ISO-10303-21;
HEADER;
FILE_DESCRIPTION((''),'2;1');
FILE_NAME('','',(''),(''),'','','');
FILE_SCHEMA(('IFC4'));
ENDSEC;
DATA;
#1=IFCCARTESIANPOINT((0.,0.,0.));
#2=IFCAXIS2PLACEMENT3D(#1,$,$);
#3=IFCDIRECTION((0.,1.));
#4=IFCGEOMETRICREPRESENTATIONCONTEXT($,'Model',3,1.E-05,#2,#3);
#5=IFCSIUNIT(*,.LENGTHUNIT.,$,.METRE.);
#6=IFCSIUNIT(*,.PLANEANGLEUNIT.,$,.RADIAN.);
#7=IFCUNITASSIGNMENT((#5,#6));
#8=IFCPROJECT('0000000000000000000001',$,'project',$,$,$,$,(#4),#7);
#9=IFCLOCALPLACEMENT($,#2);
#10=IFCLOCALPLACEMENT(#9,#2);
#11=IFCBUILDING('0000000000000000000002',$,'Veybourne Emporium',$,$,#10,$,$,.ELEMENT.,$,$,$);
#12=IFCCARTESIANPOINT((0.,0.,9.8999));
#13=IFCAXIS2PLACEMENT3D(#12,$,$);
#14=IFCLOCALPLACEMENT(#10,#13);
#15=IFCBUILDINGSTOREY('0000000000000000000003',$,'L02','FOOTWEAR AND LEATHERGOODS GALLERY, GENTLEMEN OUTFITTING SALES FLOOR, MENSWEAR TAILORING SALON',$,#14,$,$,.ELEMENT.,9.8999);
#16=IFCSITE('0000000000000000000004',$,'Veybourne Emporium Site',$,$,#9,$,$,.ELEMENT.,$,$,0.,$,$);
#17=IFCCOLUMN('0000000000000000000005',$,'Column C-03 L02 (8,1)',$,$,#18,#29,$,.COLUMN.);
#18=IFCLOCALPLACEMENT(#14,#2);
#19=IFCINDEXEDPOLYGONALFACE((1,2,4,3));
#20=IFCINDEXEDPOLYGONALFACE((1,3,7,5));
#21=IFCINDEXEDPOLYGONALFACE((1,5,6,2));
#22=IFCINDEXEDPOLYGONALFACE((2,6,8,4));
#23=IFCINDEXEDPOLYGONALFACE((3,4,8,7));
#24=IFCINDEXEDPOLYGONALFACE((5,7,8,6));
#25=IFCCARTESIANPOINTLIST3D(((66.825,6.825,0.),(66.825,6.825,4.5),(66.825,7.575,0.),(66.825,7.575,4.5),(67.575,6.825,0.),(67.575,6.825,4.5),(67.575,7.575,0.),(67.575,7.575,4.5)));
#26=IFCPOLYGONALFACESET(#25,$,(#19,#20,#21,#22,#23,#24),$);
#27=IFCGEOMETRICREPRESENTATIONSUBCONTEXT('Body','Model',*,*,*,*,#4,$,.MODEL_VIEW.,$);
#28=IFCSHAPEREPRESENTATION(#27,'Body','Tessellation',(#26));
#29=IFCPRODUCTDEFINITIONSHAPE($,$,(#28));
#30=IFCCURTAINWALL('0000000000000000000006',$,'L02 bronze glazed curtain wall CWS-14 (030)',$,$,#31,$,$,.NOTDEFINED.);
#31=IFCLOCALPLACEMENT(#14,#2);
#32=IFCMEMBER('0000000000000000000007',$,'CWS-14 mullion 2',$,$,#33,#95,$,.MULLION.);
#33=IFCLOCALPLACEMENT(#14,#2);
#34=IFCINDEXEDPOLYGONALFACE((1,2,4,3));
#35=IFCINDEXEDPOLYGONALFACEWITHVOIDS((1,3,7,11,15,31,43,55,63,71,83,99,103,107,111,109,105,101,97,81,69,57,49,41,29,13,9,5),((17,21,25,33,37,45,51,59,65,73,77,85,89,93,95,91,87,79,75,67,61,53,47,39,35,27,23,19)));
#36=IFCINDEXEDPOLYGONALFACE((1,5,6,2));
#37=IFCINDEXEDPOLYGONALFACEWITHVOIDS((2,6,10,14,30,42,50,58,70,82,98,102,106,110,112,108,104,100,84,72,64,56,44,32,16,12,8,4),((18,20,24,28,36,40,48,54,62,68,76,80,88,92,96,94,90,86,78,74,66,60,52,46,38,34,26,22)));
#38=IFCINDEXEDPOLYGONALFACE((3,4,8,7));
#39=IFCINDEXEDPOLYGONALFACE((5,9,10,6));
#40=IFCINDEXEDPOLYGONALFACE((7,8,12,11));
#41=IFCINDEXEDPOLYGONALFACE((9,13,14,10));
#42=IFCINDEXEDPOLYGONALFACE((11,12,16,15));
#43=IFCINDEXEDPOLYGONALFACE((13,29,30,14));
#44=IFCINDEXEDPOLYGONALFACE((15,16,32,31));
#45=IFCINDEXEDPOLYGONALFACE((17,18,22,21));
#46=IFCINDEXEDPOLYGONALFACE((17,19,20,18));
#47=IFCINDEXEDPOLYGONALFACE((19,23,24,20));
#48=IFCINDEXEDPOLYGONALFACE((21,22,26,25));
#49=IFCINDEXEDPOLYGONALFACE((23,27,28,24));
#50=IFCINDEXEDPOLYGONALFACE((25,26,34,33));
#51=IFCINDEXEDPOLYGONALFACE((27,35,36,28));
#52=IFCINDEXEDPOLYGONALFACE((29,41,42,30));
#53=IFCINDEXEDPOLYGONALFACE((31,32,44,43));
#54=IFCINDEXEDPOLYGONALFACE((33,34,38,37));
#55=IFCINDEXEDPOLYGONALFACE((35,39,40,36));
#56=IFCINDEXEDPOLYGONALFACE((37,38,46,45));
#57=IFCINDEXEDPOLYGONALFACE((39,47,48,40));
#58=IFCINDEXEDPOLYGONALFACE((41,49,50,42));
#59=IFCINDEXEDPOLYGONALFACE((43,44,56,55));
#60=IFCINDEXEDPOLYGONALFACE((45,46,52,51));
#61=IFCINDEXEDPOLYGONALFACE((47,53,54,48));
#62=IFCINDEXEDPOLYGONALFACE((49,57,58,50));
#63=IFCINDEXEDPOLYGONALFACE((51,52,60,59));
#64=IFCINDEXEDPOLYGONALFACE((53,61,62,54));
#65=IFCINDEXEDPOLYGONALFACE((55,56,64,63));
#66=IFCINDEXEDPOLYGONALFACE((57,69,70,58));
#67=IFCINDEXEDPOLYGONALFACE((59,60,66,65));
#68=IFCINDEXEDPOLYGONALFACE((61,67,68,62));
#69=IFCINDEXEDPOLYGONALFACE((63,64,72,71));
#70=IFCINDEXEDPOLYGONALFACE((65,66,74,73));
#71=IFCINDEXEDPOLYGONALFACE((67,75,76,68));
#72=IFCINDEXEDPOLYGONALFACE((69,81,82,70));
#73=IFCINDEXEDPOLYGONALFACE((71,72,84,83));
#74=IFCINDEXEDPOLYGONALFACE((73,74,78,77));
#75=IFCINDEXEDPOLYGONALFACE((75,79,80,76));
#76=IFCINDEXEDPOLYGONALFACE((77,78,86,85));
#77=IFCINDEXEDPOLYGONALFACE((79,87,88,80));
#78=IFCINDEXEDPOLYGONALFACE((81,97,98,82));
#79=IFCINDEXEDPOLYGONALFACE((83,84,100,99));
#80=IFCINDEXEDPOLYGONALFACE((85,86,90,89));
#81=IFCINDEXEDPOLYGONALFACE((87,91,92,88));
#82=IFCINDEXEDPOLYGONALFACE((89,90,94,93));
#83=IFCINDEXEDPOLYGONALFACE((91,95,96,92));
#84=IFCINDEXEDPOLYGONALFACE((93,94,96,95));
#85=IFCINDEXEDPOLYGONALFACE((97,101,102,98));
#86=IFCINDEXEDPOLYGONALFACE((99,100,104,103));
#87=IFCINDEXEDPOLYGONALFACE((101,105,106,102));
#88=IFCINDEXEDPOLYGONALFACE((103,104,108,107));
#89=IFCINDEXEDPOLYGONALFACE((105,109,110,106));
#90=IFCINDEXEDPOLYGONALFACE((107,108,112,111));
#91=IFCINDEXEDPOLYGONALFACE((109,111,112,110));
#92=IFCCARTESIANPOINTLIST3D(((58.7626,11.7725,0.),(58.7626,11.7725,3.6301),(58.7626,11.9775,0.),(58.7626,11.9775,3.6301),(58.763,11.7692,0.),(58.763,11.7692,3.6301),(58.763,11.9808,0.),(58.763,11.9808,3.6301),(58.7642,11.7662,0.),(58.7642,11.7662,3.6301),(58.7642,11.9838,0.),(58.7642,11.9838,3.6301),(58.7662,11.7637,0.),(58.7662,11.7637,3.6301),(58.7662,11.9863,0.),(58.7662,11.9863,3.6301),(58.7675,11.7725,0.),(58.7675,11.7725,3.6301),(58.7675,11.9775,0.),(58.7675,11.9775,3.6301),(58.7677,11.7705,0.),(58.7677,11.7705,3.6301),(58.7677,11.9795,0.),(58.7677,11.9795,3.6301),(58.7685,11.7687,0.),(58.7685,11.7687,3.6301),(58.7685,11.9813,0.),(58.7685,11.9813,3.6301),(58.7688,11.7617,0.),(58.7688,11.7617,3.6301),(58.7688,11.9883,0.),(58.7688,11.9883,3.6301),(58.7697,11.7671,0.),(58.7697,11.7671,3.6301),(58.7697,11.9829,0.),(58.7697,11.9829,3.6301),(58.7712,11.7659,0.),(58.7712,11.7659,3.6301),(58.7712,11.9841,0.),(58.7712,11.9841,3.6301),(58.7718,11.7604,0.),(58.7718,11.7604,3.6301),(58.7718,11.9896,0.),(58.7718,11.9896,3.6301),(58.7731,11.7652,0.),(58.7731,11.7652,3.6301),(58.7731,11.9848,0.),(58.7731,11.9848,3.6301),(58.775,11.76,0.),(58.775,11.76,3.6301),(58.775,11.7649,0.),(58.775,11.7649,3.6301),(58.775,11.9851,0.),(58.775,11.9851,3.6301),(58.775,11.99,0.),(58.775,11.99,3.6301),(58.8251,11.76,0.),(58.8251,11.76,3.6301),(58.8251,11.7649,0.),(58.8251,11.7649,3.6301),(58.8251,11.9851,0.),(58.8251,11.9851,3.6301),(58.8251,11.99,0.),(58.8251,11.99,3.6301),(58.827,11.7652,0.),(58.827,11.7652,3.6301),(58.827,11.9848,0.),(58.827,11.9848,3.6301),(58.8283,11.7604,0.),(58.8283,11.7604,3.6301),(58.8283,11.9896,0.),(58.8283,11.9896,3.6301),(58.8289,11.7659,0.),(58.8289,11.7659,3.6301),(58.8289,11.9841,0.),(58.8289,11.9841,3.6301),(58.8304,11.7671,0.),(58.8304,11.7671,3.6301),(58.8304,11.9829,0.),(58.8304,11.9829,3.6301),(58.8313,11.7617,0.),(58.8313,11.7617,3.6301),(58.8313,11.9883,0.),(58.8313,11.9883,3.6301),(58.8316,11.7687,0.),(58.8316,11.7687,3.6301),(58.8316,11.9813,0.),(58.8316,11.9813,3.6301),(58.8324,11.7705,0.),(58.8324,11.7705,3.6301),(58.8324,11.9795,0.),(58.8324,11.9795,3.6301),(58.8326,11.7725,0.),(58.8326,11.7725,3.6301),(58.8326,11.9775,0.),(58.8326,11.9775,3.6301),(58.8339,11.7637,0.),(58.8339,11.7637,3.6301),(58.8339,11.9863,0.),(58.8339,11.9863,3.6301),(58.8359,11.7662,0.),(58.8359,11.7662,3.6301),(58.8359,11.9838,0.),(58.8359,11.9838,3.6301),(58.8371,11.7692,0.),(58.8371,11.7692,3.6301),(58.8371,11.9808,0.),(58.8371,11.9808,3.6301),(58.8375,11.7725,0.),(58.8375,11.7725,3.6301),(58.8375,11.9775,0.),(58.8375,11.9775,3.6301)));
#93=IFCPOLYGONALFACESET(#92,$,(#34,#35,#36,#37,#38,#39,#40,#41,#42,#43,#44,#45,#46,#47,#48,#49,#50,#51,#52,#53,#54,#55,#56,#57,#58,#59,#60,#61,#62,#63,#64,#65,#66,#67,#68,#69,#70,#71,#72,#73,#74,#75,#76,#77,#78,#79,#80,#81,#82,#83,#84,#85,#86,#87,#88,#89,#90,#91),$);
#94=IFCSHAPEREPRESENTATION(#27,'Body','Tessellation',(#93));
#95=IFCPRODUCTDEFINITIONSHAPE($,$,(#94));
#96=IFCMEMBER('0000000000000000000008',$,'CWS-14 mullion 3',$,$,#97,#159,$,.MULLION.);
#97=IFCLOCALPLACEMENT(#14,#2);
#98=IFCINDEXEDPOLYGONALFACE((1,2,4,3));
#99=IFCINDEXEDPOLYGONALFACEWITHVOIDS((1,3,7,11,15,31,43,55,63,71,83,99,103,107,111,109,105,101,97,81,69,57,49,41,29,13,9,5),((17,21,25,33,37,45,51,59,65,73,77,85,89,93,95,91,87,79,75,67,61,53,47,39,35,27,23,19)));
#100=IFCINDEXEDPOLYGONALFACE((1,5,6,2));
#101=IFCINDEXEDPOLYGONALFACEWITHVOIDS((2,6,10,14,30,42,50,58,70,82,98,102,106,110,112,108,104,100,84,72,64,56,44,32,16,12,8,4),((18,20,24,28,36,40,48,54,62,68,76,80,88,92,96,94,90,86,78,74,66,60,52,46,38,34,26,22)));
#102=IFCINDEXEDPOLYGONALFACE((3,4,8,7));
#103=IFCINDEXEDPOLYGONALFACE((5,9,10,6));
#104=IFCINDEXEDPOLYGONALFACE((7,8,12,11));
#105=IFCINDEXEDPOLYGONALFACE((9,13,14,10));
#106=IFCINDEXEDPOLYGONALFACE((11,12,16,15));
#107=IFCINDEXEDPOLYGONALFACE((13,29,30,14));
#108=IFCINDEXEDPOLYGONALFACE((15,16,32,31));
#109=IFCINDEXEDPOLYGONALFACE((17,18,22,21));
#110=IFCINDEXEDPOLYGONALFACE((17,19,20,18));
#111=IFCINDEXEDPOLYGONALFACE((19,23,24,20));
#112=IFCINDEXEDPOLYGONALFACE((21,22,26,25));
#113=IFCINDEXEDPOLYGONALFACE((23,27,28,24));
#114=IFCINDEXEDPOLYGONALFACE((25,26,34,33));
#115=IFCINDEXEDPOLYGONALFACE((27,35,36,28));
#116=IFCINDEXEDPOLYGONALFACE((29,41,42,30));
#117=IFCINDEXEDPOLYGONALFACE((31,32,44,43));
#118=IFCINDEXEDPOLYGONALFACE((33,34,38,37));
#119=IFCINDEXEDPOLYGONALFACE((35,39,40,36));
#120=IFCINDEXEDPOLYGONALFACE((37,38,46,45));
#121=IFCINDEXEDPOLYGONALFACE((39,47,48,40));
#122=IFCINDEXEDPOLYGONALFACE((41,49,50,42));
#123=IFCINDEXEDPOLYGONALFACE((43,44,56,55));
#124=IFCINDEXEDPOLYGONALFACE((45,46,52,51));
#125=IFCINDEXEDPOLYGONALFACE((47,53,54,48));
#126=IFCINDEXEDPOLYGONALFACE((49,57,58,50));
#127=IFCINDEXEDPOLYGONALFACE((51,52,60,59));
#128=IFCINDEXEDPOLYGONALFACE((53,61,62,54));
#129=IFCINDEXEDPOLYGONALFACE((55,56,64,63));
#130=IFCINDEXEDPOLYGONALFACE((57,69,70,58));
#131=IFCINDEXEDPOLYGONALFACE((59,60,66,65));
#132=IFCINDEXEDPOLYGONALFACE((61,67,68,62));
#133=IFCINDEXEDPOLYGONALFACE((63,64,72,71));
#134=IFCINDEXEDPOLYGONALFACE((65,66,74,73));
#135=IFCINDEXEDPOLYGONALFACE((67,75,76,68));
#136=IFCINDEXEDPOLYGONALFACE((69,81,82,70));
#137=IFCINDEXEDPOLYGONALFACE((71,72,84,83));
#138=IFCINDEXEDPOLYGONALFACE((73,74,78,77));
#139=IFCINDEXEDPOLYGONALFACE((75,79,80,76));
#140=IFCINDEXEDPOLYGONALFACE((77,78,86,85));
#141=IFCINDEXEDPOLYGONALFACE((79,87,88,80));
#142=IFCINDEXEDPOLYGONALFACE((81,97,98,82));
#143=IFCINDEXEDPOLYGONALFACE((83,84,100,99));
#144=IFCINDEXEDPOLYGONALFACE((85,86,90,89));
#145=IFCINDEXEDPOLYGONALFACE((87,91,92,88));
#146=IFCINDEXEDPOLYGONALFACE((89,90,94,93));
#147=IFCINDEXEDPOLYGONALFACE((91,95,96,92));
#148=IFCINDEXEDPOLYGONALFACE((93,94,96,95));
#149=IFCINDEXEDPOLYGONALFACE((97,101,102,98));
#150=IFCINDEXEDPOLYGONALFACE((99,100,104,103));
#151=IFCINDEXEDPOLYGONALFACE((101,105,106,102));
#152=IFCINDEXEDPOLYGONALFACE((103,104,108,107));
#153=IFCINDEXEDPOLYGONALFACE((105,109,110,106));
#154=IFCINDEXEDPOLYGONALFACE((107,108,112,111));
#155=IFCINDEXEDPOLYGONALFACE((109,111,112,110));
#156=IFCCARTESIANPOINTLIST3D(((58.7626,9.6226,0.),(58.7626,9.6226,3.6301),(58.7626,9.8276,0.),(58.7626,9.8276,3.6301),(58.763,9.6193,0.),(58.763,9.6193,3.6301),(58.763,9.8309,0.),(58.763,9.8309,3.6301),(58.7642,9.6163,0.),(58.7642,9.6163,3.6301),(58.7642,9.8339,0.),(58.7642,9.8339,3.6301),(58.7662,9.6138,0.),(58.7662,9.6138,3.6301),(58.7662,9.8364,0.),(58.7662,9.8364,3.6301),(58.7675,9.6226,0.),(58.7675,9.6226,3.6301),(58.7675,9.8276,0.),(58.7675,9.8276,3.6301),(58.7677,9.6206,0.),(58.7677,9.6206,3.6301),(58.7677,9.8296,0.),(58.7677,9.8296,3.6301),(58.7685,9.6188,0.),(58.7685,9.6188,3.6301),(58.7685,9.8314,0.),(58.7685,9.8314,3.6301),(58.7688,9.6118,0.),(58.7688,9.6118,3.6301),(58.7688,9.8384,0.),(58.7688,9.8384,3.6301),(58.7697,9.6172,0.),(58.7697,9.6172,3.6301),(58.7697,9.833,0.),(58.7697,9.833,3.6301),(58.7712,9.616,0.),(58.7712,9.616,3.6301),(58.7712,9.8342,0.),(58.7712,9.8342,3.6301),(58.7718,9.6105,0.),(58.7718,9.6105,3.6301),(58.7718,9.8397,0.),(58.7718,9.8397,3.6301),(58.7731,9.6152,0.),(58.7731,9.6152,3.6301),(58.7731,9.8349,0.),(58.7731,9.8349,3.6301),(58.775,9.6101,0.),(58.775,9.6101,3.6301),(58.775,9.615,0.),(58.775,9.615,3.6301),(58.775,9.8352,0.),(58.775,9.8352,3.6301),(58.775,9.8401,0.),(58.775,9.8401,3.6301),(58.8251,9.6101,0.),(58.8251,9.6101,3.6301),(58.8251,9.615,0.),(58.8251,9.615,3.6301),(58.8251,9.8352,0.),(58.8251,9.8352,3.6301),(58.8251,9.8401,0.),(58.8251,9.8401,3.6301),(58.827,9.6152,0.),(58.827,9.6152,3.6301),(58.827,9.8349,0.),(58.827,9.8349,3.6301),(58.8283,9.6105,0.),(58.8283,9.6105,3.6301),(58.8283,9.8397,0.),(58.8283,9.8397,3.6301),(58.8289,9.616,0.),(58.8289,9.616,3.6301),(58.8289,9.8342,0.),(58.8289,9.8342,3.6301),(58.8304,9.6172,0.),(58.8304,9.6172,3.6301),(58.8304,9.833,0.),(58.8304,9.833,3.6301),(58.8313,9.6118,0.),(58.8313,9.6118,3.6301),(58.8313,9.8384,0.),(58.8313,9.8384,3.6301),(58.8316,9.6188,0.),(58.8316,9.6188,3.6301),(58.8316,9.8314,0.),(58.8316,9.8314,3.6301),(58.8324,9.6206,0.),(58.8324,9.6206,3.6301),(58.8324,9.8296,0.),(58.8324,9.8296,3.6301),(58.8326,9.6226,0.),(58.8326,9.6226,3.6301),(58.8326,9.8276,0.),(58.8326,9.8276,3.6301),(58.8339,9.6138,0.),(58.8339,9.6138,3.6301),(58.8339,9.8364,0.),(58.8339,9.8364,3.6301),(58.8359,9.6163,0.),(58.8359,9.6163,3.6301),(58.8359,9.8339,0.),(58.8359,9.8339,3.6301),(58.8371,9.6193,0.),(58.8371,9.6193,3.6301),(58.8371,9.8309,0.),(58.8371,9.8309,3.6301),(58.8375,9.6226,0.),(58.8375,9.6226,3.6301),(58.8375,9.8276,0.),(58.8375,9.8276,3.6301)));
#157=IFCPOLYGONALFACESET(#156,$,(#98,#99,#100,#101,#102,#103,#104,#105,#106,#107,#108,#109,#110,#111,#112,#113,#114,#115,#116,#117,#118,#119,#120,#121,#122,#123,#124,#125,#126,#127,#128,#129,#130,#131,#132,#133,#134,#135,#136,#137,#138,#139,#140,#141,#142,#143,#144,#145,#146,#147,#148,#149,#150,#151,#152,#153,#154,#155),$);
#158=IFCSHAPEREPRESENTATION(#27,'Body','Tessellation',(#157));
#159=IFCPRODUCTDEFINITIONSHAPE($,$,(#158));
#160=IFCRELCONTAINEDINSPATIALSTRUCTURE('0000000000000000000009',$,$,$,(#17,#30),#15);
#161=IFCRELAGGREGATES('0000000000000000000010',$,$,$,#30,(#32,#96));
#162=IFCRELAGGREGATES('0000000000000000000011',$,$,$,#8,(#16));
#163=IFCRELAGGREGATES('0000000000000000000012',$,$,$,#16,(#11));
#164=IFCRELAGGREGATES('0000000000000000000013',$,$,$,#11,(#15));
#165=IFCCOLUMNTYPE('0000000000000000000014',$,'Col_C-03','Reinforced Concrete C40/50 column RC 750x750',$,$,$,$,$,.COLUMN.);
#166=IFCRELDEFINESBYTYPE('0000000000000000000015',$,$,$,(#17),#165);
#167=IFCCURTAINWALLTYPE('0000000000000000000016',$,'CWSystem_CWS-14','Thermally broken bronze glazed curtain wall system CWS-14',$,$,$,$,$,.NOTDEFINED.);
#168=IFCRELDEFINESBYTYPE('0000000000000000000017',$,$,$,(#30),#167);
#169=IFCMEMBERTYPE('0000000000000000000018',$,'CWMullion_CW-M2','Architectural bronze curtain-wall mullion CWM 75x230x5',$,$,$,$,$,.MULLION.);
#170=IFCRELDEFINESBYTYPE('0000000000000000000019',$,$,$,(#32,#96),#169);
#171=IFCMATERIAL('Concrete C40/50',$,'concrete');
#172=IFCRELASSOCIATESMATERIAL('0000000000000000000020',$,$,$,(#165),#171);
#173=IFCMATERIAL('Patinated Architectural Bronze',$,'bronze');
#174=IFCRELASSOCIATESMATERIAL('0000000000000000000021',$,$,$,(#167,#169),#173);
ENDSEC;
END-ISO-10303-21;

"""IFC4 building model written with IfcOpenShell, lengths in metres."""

from ifc_helpers import new_model, si_unit, direction, frame, origin, origin_2d, place, context, subcontext, project, spatial, rectangle, hollow_rectangle, extrude, material, material_profile, profile_set, type_object, element, aggregate, save


model = new_model("IFC4")

# Units and contexts
model_context = context("Model", 3, precision=1e-05, world=origin(), true_north=direction((0.0, 1.0)))
body_context = subcontext(model_context, "Body", "Model", "MODEL_VIEW")
ifc_project = project(units=[si_unit("LENGTHUNIT", "METRE"), si_unit("PLANEANGLEUNIT", "RADIAN")], contexts=[model_context])

# Site, building, storey
site_placement = place(None, origin())
site = spatial("IfcSite", under=ifc_project, at=site_placement, Name="Veybourne Emporium Site", CompositionType="ELEMENT", RefElevation=0.0)
building_placement = place(site_placement, origin())
building = spatial("IfcBuilding", under=site, at=building_placement, Name="Veybourne Emporium", CompositionType="ELEMENT")
storey_placement = place(building_placement, frame((0.0, 0.0, 9.8999)))
storey = spatial("IfcBuildingStorey", under=building, at=storey_placement, Name="L02", Description="FOOTWEAR AND LEATHERGOODS GALLERY, GENTLEMEN OUTFITTING SALES FLOOR, MENSWEAR TAILORING SALON", CompositionType="ELEMENT", Elevation=9.8999)

# Column
ifc_material_1 = material(Name="Concrete C40/50", Category="concrete")
ifc_material_profile_1 = material_profile(ifc_material_1, rectangle(XDim=0.75, YDim=0.75, at=origin_2d()), Name="RC 750x750")
ifc_profile_set_1 = profile_set([ifc_material_profile_1], Name="Concrete C40/50")
column_type = type_object("IfcColumnType", Name="Col_C-03", Description="Reinforced Concrete C40/50 column RC 750x750", PredefinedType="COLUMN", material=ifc_profile_set_1)
column_placement = place(storey_placement, frame((67.2, 7.2, 0.0), z_axis=(0.0, 0.0, 1.0), x_axis=(1.0, 0.0, 0.0)))
element("IfcColumn", 1, at=column_placement, inside=storey, type_object=column_type, Name="Column C-03 L02 (8,1)", PredefinedType="COLUMN", context=body_context, shape_type="SweptSolid", body=[
    extrude(rectangle(XDim=0.75, YDim=0.75, at=origin_2d()), origin(), (0.0, 0.0, 1.0), 4.5),
])

# Curtain wall, members
ifc_material_2 = material(Name="Patinated Architectural Bronze", Category="bronze")
curtain_wall_type_1 = type_object("IfcCurtainWallType", Name="CWSystem_CWS-14", Description="Thermally broken bronze glazed curtain wall system CWS-14", PredefinedType="NOTDEFINED", material=ifc_material_2)
curtain_wall_1_placement = place(storey_placement, origin())
curtain_wall_1 = element("IfcCurtainWall", 2, at=curtain_wall_1_placement, inside=storey, type_object=curtain_wall_type_1, Name="L02 bronze glazed curtain wall CWS-14 (030)", PredefinedType="NOTDEFINED")
ifc_material_profile_2 = material_profile(ifc_material_2, hollow_rectangle(XDim=0.075, YDim=0.23, WallThickness=0.0049, InnerFilletRadius=0.0076, OuterFilletRadius=0.0125, at=origin_2d()), Name="CWM 75x230x5")
ifc_profile_set_2 = profile_set([ifc_material_profile_2], Name="Patinated Architectural Bronze")
member_type_1 = type_object("IfcMemberType", Name="CWMullion_CW-M2", Description="Architectural bronze curtain-wall mullion CWM 75x230x5", PredefinedType="MULLION", material=ifc_profile_set_2)
member_1_placement = place(storey_placement, frame((58.8, 11.875, 0.0), z_axis=(0.0, 0.0, 1.0), x_axis=(1.0, 0.0, 0.0)))
member_1 = element("IfcMember", 3, at=member_1_placement, type_object=member_type_1, Name="CWS-14 mullion 2", PredefinedType="MULLION", context=body_context, shape_type="SweptSolid", body=[
    extrude(hollow_rectangle(XDim=0.075, YDim=0.23, WallThickness=0.0049, InnerFilletRadius=0.0076, OuterFilletRadius=0.0125, at=origin_2d()), origin(), (0.0, 0.0, 1.0), 3.6301),
])
member_2_placement = place(storey_placement, frame((58.8, 9.7251, 0.0), z_axis=(0.0, 0.0, 1.0), x_axis=(1.0, 0.0, 0.0)))
member_2 = element("IfcMember", 4, at=member_2_placement, type_object=member_type_1, Name="CWS-14 mullion 3", PredefinedType="MULLION", context=body_context, shape_type="SweptSolid", body=[
    extrude(hollow_rectangle(XDim=0.075, YDim=0.23, WallThickness=0.0049, InnerFilletRadius=0.0076, OuterFilletRadius=0.0125, at=origin_2d()), origin(), (0.0, 0.0, 1.0), 3.6301),
])

aggregate(curtain_wall_1, [member_1, member_2])

save(model, "model.ifc")
